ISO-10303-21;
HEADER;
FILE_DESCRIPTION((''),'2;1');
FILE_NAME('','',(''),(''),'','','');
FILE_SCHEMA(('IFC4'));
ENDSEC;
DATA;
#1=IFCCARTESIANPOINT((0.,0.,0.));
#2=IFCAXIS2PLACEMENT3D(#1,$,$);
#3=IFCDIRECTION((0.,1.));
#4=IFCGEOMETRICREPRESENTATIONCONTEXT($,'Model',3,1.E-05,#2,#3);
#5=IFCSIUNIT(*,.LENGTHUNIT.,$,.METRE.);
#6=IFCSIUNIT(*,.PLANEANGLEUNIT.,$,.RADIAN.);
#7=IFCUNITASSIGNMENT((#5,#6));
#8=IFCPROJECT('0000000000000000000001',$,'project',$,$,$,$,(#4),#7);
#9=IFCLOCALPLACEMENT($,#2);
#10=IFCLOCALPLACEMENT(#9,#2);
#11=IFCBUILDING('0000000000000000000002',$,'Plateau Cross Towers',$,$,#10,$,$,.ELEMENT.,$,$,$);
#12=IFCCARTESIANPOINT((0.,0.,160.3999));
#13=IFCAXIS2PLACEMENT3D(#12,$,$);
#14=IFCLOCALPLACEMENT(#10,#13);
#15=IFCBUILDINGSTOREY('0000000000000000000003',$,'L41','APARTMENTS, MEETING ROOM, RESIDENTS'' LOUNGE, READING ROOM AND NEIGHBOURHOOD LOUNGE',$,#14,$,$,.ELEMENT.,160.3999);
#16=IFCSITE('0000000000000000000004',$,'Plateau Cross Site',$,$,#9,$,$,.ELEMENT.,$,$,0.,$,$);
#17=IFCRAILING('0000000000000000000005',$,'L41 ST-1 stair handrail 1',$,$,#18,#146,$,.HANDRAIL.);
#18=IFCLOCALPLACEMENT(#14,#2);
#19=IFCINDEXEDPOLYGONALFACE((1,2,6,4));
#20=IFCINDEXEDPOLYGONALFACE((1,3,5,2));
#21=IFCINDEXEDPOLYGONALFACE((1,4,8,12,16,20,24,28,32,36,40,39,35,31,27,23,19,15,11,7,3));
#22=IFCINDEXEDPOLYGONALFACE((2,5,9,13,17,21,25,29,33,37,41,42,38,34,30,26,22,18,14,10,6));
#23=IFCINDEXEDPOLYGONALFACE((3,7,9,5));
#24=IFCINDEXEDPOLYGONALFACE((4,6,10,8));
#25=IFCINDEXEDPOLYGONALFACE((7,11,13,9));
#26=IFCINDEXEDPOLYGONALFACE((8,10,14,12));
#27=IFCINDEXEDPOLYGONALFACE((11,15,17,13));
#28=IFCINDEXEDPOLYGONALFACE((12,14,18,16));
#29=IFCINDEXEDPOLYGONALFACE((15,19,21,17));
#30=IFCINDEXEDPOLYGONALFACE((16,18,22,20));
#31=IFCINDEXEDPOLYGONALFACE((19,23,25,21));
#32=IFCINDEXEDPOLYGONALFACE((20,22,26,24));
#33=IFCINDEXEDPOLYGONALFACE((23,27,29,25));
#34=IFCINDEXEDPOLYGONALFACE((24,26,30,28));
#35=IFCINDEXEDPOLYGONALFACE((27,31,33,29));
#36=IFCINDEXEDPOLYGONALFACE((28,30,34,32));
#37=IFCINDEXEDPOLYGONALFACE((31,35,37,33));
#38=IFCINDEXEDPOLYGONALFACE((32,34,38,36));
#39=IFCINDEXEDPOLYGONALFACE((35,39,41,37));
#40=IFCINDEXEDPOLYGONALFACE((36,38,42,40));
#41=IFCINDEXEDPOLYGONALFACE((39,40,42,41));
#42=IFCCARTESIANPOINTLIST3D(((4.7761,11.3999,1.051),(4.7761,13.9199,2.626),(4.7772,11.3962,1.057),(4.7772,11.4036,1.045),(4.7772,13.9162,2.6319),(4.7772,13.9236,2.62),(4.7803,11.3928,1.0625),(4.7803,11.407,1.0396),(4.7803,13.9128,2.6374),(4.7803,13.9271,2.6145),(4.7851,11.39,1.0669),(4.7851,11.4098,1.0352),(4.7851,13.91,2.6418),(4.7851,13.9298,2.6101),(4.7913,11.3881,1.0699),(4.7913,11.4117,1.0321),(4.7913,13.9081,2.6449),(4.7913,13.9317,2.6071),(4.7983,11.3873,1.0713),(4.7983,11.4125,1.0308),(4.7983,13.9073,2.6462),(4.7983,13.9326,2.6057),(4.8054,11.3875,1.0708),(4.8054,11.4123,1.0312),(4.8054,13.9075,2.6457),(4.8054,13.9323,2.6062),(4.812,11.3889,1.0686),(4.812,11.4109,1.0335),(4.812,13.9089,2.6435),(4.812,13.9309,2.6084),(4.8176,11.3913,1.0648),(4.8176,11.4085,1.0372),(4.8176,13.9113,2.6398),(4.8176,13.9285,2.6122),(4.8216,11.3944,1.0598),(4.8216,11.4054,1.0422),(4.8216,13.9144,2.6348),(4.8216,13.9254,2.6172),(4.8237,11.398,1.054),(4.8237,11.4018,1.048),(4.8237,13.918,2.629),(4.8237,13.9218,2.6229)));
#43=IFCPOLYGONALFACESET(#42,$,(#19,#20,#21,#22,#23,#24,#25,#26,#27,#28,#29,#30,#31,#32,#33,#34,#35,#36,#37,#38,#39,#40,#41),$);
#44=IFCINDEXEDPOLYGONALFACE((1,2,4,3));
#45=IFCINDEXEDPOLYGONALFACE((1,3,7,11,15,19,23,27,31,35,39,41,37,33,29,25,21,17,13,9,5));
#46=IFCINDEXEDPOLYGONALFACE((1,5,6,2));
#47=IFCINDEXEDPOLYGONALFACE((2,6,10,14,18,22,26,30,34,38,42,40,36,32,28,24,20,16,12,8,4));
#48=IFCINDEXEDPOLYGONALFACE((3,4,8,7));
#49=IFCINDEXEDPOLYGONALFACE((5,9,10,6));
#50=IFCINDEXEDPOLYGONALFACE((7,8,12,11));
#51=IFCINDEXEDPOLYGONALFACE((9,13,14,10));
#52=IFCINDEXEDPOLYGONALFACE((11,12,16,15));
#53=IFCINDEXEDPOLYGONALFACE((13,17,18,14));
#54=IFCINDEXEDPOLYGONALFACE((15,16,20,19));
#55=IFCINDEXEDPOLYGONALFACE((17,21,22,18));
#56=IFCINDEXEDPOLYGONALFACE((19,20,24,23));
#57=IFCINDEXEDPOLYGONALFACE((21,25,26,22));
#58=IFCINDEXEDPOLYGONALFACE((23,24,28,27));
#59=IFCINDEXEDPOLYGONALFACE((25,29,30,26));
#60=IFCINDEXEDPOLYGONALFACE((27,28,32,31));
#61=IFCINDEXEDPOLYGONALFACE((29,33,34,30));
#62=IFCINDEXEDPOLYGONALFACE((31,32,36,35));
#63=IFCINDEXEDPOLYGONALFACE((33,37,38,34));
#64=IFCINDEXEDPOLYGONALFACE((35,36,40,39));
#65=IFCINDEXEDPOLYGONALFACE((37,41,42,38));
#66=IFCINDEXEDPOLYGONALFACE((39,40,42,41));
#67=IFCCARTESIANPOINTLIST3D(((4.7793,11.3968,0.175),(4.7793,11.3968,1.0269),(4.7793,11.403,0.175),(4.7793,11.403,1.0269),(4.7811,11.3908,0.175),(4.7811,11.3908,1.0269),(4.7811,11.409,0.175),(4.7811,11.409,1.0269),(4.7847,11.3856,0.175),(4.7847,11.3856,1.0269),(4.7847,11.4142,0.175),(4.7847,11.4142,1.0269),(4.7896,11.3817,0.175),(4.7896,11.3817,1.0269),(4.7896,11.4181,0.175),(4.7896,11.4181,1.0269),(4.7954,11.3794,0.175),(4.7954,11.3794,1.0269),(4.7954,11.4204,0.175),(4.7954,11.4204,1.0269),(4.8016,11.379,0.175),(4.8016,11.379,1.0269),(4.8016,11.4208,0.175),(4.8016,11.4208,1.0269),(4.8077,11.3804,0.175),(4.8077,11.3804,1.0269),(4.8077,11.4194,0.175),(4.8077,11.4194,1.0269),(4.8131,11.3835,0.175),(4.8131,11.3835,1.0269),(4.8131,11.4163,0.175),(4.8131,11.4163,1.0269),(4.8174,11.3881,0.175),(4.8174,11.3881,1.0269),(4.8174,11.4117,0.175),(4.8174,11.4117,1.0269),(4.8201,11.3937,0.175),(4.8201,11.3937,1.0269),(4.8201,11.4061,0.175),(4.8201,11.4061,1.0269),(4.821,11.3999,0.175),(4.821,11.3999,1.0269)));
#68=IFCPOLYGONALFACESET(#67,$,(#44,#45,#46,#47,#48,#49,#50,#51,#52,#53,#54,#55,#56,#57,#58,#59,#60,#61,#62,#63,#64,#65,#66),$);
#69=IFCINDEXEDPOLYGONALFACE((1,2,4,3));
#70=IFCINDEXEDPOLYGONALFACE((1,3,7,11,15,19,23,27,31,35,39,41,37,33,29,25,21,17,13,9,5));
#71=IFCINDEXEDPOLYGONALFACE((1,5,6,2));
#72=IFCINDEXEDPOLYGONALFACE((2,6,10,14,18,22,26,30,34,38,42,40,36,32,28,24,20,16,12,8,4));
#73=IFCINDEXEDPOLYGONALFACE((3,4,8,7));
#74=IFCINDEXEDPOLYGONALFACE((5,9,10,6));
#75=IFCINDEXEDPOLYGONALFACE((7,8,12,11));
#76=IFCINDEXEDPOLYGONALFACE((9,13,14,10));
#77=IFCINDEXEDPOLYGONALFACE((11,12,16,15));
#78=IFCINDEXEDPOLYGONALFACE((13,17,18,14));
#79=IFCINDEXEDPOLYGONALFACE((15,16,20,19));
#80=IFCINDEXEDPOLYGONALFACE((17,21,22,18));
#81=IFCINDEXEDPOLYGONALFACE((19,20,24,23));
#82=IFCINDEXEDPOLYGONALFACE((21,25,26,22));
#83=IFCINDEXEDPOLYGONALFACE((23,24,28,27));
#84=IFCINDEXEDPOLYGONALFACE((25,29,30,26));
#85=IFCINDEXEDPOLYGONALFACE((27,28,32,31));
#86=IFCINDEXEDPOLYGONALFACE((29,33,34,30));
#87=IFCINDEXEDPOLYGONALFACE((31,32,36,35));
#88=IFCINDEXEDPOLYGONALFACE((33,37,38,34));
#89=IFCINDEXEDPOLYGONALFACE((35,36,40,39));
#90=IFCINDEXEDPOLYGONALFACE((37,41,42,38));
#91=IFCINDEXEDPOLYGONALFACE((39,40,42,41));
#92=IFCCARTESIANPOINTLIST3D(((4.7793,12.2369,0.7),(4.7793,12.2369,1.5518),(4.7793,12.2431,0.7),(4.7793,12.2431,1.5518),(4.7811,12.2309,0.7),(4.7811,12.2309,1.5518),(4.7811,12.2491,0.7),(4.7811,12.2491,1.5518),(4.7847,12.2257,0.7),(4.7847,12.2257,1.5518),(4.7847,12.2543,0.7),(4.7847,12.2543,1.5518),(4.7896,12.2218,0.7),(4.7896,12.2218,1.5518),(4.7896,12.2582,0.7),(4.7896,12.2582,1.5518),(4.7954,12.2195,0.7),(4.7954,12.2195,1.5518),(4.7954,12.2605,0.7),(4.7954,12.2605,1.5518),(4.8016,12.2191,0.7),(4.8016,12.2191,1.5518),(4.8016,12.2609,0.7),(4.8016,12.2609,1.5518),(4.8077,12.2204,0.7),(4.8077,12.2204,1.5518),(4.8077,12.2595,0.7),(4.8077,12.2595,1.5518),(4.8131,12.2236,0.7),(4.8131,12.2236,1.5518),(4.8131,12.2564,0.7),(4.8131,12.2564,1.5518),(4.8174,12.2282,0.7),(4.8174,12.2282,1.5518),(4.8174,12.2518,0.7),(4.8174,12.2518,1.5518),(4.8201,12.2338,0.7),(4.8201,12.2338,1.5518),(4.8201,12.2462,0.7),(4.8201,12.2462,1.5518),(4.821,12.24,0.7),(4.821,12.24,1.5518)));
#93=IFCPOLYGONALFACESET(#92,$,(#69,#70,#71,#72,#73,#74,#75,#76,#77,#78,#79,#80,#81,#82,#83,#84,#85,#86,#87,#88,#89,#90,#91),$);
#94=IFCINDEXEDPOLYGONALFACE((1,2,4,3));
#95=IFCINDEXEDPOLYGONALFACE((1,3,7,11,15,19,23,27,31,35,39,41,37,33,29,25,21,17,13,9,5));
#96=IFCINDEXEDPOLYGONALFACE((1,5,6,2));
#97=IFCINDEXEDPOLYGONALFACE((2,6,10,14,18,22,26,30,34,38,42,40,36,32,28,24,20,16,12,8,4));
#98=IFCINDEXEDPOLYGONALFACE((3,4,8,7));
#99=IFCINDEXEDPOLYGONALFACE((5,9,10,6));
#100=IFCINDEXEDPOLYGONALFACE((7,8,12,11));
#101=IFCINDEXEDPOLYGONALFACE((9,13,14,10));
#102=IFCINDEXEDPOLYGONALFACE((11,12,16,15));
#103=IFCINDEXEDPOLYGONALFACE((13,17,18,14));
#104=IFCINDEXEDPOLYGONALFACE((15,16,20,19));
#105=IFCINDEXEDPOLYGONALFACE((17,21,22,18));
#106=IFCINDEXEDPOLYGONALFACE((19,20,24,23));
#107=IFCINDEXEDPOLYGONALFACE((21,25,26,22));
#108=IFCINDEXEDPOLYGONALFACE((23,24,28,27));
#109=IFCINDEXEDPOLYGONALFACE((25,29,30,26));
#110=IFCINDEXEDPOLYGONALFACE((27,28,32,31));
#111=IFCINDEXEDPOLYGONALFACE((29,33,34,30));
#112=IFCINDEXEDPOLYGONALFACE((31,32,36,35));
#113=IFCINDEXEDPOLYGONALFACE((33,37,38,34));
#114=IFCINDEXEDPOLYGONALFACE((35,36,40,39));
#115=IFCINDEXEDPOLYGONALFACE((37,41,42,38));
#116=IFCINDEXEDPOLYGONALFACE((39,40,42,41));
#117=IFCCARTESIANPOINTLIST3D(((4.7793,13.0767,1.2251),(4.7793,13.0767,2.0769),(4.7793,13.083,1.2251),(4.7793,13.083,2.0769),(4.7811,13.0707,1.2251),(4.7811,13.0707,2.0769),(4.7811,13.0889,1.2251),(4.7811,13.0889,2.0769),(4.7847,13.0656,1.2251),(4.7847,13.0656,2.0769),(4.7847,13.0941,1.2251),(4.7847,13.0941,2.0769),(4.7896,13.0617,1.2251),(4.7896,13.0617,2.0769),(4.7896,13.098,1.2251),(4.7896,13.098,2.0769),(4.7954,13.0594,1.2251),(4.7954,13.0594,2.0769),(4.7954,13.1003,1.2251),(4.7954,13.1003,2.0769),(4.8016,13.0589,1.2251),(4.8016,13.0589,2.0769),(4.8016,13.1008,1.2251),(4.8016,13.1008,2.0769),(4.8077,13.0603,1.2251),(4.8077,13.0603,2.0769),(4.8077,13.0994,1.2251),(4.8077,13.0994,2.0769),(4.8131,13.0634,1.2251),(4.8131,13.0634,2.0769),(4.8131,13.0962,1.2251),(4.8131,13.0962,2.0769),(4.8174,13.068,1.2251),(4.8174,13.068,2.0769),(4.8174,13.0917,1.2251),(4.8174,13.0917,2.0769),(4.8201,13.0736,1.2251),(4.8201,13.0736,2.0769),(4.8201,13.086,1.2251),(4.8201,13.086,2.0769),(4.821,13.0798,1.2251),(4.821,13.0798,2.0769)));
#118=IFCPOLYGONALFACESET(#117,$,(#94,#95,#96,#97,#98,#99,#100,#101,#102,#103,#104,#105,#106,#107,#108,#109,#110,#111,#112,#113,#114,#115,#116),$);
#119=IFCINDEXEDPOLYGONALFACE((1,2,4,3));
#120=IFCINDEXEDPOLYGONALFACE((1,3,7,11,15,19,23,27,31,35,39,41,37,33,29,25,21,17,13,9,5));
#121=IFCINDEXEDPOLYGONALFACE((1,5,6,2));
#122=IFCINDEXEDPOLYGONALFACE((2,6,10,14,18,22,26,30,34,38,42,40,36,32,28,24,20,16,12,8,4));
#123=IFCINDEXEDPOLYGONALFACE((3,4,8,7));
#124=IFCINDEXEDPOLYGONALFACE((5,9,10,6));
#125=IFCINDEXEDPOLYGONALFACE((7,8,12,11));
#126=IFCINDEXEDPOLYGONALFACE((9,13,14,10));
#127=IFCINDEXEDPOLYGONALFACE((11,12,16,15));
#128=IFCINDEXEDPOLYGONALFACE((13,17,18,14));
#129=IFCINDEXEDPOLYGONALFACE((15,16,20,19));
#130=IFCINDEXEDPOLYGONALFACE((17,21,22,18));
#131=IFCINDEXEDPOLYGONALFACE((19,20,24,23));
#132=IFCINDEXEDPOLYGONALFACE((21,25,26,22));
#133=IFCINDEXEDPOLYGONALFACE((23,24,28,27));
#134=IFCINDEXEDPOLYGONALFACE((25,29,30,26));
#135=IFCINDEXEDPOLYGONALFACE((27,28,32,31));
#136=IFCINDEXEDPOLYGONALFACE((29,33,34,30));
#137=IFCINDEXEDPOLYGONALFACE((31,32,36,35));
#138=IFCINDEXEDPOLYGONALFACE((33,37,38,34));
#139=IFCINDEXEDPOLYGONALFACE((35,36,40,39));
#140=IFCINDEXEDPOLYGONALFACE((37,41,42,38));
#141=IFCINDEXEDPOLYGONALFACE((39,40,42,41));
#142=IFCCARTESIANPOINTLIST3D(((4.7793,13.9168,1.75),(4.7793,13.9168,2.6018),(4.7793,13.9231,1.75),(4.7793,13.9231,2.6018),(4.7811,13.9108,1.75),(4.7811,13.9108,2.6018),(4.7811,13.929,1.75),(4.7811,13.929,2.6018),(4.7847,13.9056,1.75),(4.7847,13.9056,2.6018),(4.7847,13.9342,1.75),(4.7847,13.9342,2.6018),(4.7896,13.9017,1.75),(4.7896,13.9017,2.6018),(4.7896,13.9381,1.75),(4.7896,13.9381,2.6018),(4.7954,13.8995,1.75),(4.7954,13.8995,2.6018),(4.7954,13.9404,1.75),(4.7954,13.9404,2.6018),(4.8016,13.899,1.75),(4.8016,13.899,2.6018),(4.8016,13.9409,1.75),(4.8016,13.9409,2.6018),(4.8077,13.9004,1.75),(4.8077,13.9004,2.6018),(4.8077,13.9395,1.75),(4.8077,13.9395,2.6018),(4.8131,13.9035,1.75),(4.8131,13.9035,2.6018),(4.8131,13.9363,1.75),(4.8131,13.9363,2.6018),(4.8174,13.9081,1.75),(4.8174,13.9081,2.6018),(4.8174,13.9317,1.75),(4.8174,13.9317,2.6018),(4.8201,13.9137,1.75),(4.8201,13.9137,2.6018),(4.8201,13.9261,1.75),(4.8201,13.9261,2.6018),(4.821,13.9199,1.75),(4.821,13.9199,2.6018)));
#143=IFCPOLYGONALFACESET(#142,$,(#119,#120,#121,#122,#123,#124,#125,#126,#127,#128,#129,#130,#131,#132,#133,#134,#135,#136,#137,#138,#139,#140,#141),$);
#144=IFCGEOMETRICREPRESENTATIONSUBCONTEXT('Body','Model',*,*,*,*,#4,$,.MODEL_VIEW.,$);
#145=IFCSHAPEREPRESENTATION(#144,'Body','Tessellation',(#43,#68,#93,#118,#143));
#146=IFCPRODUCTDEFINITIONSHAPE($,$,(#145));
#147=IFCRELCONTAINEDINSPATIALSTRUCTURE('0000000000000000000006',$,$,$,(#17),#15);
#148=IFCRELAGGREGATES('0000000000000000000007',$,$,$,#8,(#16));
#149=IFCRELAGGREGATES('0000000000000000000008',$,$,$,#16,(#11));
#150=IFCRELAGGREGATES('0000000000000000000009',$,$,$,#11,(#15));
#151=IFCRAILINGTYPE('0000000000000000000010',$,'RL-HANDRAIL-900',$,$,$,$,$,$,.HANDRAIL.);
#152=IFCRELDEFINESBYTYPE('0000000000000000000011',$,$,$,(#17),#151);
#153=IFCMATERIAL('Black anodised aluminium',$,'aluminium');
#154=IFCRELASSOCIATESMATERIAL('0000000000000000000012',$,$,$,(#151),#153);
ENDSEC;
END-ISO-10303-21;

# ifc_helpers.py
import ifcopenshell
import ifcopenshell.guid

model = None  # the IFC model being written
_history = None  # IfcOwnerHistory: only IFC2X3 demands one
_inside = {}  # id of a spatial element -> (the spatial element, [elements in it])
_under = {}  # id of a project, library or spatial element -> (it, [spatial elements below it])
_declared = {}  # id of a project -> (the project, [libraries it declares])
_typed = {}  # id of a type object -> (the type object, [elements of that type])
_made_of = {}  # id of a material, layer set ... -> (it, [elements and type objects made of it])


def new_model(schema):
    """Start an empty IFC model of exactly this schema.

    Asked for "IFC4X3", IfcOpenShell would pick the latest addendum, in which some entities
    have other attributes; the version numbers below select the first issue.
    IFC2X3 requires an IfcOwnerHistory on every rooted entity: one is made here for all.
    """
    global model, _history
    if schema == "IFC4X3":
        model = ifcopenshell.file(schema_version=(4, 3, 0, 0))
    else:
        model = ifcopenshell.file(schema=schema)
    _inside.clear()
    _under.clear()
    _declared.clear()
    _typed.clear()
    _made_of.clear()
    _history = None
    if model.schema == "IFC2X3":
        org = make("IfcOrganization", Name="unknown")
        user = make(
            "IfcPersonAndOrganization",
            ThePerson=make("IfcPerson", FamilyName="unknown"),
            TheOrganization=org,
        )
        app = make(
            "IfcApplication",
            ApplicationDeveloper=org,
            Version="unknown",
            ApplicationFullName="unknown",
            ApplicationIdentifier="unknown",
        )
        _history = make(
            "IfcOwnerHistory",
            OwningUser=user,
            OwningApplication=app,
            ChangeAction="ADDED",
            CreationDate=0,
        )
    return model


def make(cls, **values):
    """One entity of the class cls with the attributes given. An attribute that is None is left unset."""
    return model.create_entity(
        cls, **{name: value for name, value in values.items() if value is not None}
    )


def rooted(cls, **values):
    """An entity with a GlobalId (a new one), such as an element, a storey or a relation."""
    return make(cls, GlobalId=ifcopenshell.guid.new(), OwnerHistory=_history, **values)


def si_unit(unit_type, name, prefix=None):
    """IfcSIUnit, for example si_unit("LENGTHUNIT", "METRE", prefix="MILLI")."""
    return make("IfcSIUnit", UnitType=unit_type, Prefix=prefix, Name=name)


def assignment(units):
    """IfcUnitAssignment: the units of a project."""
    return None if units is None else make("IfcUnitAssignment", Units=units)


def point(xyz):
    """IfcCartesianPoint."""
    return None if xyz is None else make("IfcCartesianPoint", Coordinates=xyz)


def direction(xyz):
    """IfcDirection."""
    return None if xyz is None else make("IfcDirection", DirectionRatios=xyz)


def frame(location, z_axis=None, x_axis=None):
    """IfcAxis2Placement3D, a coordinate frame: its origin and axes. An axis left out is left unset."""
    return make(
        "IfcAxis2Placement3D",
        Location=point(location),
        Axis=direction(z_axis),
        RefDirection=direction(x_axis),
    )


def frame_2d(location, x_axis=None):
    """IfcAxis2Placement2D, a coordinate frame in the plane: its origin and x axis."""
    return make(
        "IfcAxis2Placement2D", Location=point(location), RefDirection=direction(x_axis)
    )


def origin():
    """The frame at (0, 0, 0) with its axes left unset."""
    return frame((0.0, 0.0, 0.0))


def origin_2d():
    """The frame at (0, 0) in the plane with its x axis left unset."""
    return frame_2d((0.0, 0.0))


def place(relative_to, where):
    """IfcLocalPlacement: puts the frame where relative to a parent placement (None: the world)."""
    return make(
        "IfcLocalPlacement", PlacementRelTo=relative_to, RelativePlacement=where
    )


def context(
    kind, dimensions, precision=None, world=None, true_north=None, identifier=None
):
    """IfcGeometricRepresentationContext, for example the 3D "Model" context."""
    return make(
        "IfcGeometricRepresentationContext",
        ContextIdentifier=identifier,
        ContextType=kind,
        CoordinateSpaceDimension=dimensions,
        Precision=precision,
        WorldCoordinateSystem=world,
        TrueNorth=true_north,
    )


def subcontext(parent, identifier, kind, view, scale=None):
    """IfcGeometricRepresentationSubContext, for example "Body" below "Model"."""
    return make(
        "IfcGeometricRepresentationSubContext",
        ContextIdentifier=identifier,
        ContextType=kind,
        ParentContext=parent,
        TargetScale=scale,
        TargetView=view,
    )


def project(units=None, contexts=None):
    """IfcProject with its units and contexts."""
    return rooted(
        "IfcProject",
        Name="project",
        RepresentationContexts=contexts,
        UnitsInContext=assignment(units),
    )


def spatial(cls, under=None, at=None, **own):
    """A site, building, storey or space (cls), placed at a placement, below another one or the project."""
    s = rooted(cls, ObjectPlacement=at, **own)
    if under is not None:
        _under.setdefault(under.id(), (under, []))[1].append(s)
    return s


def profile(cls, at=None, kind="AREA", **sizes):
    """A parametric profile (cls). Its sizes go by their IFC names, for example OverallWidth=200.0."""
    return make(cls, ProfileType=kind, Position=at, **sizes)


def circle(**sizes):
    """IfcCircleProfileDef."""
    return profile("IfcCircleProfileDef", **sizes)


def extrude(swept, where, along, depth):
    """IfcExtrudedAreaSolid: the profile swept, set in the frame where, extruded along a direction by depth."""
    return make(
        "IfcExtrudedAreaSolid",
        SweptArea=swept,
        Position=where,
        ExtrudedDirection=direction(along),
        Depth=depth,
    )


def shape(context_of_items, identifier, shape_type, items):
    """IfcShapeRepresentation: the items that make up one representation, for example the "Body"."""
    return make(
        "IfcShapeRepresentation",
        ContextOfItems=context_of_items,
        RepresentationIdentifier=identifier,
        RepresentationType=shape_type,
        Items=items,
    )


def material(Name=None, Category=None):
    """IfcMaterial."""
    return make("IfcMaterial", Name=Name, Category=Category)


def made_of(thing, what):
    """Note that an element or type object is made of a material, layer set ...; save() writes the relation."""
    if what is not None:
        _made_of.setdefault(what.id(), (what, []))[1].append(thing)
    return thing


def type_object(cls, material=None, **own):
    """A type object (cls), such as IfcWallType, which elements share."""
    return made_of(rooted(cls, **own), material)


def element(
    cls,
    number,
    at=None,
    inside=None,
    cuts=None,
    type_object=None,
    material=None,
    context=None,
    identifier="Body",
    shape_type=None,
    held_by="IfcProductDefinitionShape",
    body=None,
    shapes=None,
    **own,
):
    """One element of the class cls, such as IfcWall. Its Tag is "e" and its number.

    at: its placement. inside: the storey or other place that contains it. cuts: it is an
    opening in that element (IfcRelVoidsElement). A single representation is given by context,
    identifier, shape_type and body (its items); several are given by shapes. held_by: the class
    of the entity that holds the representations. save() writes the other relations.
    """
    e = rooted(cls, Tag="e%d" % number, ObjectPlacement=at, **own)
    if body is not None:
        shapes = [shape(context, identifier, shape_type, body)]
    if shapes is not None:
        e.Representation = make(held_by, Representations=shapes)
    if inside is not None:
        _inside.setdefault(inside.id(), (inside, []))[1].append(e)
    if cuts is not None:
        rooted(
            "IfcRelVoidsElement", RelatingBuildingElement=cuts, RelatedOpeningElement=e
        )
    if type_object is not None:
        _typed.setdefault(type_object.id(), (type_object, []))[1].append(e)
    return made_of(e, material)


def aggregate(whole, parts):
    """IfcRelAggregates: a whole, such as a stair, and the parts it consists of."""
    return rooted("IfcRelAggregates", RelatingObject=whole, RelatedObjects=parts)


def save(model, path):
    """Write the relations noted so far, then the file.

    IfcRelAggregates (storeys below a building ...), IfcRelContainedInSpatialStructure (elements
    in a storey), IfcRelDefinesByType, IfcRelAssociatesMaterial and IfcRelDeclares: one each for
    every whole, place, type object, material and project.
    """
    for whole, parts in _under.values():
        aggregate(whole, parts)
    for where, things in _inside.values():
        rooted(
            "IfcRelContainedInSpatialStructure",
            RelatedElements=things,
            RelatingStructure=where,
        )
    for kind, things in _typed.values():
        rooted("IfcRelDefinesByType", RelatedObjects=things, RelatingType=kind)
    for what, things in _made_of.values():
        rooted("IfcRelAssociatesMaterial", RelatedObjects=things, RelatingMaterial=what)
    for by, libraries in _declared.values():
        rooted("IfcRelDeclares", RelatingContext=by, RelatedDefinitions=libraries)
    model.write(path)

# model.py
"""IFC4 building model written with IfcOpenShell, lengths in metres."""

from ifc_helpers import new_model, si_unit, direction, frame, origin, origin_2d, place, context, subcontext, project, spatial, circle, extrude, material, type_object, element, save


model = new_model("IFC4")

# Units and contexts
model_context = context("Model", 3, precision=1e-05, world=origin(), true_north=direction((0.0, 1.0)))
body_context = subcontext(model_context, "Body", "Model", "MODEL_VIEW")
ifc_project = project(units=[si_unit("LENGTHUNIT", "METRE"), si_unit("PLANEANGLEUNIT", "RADIAN")], contexts=[model_context])

# Site, building, storey
site_placement = place(None, origin())
site = spatial("IfcSite", under=ifc_project, at=site_placement, Name="Plateau Cross Site", CompositionType="ELEMENT", RefElevation=0.0)
building_placement = place(site_placement, origin())
building = spatial("IfcBuilding", under=site, at=building_placement, Name="Plateau Cross Towers", CompositionType="ELEMENT")
storey_placement = place(building_placement, frame((0.0, 0.0, 160.3999)))
storey = spatial("IfcBuildingStorey", under=building, at=storey_placement, Name="L41", Description="APARTMENTS, MEETING ROOM, RESIDENTS' LOUNGE, READING ROOM AND NEIGHBOURHOOD LOUNGE", CompositionType="ELEMENT", Elevation=160.3999)

# Shared definitions
ifc_material_1 = material(Name="Black anodised aluminium", Category="aluminium")

# Railing
railing_type_1 = type_object("IfcRailingType", Name="RL-HANDRAIL-900", PredefinedType="HANDRAIL", material=ifc_material_1)
railing_1_placement = place(storey_placement, frame((4.8, 11.3999, 0.175)))
element("IfcRailing", 1, at=railing_1_placement, inside=storey, type_object=railing_type_1, Name="L41 ST-1 stair handrail 1", PredefinedType="HANDRAIL", context=body_context, shape_type="SweptSolid", body=[
    extrude(circle(Radius=0.0239, at=origin_2d()), frame((0.0, 0.0, 0.876), z_axis=(0.0, 0.848008, 0.529984), x_axis=(-1.0, 0.0, 0.0)), (0.0, 0.0, 1.0), 2.9717),
    extrude(circle(Radius=0.021, at=origin_2d()), origin(), (0.0, 0.0, 1.0), 0.8518),
    extrude(circle(Radius=0.021, at=origin_2d()), frame((0.0, 0.8401, 0.5249)), (0.0, 0.0, 1.0), 0.8518),
    extrude(circle(Radius=0.021, at=origin_2d()), frame((0.0, 1.6799, 1.05)), (0.0, 0.0, 1.0), 0.8518),
    extrude(circle(Radius=0.021, at=origin_2d()), frame((0.0, 2.52, 1.575)), (0.0, 0.0, 1.0), 0.8518),
])

save(model, "model.ifc")
